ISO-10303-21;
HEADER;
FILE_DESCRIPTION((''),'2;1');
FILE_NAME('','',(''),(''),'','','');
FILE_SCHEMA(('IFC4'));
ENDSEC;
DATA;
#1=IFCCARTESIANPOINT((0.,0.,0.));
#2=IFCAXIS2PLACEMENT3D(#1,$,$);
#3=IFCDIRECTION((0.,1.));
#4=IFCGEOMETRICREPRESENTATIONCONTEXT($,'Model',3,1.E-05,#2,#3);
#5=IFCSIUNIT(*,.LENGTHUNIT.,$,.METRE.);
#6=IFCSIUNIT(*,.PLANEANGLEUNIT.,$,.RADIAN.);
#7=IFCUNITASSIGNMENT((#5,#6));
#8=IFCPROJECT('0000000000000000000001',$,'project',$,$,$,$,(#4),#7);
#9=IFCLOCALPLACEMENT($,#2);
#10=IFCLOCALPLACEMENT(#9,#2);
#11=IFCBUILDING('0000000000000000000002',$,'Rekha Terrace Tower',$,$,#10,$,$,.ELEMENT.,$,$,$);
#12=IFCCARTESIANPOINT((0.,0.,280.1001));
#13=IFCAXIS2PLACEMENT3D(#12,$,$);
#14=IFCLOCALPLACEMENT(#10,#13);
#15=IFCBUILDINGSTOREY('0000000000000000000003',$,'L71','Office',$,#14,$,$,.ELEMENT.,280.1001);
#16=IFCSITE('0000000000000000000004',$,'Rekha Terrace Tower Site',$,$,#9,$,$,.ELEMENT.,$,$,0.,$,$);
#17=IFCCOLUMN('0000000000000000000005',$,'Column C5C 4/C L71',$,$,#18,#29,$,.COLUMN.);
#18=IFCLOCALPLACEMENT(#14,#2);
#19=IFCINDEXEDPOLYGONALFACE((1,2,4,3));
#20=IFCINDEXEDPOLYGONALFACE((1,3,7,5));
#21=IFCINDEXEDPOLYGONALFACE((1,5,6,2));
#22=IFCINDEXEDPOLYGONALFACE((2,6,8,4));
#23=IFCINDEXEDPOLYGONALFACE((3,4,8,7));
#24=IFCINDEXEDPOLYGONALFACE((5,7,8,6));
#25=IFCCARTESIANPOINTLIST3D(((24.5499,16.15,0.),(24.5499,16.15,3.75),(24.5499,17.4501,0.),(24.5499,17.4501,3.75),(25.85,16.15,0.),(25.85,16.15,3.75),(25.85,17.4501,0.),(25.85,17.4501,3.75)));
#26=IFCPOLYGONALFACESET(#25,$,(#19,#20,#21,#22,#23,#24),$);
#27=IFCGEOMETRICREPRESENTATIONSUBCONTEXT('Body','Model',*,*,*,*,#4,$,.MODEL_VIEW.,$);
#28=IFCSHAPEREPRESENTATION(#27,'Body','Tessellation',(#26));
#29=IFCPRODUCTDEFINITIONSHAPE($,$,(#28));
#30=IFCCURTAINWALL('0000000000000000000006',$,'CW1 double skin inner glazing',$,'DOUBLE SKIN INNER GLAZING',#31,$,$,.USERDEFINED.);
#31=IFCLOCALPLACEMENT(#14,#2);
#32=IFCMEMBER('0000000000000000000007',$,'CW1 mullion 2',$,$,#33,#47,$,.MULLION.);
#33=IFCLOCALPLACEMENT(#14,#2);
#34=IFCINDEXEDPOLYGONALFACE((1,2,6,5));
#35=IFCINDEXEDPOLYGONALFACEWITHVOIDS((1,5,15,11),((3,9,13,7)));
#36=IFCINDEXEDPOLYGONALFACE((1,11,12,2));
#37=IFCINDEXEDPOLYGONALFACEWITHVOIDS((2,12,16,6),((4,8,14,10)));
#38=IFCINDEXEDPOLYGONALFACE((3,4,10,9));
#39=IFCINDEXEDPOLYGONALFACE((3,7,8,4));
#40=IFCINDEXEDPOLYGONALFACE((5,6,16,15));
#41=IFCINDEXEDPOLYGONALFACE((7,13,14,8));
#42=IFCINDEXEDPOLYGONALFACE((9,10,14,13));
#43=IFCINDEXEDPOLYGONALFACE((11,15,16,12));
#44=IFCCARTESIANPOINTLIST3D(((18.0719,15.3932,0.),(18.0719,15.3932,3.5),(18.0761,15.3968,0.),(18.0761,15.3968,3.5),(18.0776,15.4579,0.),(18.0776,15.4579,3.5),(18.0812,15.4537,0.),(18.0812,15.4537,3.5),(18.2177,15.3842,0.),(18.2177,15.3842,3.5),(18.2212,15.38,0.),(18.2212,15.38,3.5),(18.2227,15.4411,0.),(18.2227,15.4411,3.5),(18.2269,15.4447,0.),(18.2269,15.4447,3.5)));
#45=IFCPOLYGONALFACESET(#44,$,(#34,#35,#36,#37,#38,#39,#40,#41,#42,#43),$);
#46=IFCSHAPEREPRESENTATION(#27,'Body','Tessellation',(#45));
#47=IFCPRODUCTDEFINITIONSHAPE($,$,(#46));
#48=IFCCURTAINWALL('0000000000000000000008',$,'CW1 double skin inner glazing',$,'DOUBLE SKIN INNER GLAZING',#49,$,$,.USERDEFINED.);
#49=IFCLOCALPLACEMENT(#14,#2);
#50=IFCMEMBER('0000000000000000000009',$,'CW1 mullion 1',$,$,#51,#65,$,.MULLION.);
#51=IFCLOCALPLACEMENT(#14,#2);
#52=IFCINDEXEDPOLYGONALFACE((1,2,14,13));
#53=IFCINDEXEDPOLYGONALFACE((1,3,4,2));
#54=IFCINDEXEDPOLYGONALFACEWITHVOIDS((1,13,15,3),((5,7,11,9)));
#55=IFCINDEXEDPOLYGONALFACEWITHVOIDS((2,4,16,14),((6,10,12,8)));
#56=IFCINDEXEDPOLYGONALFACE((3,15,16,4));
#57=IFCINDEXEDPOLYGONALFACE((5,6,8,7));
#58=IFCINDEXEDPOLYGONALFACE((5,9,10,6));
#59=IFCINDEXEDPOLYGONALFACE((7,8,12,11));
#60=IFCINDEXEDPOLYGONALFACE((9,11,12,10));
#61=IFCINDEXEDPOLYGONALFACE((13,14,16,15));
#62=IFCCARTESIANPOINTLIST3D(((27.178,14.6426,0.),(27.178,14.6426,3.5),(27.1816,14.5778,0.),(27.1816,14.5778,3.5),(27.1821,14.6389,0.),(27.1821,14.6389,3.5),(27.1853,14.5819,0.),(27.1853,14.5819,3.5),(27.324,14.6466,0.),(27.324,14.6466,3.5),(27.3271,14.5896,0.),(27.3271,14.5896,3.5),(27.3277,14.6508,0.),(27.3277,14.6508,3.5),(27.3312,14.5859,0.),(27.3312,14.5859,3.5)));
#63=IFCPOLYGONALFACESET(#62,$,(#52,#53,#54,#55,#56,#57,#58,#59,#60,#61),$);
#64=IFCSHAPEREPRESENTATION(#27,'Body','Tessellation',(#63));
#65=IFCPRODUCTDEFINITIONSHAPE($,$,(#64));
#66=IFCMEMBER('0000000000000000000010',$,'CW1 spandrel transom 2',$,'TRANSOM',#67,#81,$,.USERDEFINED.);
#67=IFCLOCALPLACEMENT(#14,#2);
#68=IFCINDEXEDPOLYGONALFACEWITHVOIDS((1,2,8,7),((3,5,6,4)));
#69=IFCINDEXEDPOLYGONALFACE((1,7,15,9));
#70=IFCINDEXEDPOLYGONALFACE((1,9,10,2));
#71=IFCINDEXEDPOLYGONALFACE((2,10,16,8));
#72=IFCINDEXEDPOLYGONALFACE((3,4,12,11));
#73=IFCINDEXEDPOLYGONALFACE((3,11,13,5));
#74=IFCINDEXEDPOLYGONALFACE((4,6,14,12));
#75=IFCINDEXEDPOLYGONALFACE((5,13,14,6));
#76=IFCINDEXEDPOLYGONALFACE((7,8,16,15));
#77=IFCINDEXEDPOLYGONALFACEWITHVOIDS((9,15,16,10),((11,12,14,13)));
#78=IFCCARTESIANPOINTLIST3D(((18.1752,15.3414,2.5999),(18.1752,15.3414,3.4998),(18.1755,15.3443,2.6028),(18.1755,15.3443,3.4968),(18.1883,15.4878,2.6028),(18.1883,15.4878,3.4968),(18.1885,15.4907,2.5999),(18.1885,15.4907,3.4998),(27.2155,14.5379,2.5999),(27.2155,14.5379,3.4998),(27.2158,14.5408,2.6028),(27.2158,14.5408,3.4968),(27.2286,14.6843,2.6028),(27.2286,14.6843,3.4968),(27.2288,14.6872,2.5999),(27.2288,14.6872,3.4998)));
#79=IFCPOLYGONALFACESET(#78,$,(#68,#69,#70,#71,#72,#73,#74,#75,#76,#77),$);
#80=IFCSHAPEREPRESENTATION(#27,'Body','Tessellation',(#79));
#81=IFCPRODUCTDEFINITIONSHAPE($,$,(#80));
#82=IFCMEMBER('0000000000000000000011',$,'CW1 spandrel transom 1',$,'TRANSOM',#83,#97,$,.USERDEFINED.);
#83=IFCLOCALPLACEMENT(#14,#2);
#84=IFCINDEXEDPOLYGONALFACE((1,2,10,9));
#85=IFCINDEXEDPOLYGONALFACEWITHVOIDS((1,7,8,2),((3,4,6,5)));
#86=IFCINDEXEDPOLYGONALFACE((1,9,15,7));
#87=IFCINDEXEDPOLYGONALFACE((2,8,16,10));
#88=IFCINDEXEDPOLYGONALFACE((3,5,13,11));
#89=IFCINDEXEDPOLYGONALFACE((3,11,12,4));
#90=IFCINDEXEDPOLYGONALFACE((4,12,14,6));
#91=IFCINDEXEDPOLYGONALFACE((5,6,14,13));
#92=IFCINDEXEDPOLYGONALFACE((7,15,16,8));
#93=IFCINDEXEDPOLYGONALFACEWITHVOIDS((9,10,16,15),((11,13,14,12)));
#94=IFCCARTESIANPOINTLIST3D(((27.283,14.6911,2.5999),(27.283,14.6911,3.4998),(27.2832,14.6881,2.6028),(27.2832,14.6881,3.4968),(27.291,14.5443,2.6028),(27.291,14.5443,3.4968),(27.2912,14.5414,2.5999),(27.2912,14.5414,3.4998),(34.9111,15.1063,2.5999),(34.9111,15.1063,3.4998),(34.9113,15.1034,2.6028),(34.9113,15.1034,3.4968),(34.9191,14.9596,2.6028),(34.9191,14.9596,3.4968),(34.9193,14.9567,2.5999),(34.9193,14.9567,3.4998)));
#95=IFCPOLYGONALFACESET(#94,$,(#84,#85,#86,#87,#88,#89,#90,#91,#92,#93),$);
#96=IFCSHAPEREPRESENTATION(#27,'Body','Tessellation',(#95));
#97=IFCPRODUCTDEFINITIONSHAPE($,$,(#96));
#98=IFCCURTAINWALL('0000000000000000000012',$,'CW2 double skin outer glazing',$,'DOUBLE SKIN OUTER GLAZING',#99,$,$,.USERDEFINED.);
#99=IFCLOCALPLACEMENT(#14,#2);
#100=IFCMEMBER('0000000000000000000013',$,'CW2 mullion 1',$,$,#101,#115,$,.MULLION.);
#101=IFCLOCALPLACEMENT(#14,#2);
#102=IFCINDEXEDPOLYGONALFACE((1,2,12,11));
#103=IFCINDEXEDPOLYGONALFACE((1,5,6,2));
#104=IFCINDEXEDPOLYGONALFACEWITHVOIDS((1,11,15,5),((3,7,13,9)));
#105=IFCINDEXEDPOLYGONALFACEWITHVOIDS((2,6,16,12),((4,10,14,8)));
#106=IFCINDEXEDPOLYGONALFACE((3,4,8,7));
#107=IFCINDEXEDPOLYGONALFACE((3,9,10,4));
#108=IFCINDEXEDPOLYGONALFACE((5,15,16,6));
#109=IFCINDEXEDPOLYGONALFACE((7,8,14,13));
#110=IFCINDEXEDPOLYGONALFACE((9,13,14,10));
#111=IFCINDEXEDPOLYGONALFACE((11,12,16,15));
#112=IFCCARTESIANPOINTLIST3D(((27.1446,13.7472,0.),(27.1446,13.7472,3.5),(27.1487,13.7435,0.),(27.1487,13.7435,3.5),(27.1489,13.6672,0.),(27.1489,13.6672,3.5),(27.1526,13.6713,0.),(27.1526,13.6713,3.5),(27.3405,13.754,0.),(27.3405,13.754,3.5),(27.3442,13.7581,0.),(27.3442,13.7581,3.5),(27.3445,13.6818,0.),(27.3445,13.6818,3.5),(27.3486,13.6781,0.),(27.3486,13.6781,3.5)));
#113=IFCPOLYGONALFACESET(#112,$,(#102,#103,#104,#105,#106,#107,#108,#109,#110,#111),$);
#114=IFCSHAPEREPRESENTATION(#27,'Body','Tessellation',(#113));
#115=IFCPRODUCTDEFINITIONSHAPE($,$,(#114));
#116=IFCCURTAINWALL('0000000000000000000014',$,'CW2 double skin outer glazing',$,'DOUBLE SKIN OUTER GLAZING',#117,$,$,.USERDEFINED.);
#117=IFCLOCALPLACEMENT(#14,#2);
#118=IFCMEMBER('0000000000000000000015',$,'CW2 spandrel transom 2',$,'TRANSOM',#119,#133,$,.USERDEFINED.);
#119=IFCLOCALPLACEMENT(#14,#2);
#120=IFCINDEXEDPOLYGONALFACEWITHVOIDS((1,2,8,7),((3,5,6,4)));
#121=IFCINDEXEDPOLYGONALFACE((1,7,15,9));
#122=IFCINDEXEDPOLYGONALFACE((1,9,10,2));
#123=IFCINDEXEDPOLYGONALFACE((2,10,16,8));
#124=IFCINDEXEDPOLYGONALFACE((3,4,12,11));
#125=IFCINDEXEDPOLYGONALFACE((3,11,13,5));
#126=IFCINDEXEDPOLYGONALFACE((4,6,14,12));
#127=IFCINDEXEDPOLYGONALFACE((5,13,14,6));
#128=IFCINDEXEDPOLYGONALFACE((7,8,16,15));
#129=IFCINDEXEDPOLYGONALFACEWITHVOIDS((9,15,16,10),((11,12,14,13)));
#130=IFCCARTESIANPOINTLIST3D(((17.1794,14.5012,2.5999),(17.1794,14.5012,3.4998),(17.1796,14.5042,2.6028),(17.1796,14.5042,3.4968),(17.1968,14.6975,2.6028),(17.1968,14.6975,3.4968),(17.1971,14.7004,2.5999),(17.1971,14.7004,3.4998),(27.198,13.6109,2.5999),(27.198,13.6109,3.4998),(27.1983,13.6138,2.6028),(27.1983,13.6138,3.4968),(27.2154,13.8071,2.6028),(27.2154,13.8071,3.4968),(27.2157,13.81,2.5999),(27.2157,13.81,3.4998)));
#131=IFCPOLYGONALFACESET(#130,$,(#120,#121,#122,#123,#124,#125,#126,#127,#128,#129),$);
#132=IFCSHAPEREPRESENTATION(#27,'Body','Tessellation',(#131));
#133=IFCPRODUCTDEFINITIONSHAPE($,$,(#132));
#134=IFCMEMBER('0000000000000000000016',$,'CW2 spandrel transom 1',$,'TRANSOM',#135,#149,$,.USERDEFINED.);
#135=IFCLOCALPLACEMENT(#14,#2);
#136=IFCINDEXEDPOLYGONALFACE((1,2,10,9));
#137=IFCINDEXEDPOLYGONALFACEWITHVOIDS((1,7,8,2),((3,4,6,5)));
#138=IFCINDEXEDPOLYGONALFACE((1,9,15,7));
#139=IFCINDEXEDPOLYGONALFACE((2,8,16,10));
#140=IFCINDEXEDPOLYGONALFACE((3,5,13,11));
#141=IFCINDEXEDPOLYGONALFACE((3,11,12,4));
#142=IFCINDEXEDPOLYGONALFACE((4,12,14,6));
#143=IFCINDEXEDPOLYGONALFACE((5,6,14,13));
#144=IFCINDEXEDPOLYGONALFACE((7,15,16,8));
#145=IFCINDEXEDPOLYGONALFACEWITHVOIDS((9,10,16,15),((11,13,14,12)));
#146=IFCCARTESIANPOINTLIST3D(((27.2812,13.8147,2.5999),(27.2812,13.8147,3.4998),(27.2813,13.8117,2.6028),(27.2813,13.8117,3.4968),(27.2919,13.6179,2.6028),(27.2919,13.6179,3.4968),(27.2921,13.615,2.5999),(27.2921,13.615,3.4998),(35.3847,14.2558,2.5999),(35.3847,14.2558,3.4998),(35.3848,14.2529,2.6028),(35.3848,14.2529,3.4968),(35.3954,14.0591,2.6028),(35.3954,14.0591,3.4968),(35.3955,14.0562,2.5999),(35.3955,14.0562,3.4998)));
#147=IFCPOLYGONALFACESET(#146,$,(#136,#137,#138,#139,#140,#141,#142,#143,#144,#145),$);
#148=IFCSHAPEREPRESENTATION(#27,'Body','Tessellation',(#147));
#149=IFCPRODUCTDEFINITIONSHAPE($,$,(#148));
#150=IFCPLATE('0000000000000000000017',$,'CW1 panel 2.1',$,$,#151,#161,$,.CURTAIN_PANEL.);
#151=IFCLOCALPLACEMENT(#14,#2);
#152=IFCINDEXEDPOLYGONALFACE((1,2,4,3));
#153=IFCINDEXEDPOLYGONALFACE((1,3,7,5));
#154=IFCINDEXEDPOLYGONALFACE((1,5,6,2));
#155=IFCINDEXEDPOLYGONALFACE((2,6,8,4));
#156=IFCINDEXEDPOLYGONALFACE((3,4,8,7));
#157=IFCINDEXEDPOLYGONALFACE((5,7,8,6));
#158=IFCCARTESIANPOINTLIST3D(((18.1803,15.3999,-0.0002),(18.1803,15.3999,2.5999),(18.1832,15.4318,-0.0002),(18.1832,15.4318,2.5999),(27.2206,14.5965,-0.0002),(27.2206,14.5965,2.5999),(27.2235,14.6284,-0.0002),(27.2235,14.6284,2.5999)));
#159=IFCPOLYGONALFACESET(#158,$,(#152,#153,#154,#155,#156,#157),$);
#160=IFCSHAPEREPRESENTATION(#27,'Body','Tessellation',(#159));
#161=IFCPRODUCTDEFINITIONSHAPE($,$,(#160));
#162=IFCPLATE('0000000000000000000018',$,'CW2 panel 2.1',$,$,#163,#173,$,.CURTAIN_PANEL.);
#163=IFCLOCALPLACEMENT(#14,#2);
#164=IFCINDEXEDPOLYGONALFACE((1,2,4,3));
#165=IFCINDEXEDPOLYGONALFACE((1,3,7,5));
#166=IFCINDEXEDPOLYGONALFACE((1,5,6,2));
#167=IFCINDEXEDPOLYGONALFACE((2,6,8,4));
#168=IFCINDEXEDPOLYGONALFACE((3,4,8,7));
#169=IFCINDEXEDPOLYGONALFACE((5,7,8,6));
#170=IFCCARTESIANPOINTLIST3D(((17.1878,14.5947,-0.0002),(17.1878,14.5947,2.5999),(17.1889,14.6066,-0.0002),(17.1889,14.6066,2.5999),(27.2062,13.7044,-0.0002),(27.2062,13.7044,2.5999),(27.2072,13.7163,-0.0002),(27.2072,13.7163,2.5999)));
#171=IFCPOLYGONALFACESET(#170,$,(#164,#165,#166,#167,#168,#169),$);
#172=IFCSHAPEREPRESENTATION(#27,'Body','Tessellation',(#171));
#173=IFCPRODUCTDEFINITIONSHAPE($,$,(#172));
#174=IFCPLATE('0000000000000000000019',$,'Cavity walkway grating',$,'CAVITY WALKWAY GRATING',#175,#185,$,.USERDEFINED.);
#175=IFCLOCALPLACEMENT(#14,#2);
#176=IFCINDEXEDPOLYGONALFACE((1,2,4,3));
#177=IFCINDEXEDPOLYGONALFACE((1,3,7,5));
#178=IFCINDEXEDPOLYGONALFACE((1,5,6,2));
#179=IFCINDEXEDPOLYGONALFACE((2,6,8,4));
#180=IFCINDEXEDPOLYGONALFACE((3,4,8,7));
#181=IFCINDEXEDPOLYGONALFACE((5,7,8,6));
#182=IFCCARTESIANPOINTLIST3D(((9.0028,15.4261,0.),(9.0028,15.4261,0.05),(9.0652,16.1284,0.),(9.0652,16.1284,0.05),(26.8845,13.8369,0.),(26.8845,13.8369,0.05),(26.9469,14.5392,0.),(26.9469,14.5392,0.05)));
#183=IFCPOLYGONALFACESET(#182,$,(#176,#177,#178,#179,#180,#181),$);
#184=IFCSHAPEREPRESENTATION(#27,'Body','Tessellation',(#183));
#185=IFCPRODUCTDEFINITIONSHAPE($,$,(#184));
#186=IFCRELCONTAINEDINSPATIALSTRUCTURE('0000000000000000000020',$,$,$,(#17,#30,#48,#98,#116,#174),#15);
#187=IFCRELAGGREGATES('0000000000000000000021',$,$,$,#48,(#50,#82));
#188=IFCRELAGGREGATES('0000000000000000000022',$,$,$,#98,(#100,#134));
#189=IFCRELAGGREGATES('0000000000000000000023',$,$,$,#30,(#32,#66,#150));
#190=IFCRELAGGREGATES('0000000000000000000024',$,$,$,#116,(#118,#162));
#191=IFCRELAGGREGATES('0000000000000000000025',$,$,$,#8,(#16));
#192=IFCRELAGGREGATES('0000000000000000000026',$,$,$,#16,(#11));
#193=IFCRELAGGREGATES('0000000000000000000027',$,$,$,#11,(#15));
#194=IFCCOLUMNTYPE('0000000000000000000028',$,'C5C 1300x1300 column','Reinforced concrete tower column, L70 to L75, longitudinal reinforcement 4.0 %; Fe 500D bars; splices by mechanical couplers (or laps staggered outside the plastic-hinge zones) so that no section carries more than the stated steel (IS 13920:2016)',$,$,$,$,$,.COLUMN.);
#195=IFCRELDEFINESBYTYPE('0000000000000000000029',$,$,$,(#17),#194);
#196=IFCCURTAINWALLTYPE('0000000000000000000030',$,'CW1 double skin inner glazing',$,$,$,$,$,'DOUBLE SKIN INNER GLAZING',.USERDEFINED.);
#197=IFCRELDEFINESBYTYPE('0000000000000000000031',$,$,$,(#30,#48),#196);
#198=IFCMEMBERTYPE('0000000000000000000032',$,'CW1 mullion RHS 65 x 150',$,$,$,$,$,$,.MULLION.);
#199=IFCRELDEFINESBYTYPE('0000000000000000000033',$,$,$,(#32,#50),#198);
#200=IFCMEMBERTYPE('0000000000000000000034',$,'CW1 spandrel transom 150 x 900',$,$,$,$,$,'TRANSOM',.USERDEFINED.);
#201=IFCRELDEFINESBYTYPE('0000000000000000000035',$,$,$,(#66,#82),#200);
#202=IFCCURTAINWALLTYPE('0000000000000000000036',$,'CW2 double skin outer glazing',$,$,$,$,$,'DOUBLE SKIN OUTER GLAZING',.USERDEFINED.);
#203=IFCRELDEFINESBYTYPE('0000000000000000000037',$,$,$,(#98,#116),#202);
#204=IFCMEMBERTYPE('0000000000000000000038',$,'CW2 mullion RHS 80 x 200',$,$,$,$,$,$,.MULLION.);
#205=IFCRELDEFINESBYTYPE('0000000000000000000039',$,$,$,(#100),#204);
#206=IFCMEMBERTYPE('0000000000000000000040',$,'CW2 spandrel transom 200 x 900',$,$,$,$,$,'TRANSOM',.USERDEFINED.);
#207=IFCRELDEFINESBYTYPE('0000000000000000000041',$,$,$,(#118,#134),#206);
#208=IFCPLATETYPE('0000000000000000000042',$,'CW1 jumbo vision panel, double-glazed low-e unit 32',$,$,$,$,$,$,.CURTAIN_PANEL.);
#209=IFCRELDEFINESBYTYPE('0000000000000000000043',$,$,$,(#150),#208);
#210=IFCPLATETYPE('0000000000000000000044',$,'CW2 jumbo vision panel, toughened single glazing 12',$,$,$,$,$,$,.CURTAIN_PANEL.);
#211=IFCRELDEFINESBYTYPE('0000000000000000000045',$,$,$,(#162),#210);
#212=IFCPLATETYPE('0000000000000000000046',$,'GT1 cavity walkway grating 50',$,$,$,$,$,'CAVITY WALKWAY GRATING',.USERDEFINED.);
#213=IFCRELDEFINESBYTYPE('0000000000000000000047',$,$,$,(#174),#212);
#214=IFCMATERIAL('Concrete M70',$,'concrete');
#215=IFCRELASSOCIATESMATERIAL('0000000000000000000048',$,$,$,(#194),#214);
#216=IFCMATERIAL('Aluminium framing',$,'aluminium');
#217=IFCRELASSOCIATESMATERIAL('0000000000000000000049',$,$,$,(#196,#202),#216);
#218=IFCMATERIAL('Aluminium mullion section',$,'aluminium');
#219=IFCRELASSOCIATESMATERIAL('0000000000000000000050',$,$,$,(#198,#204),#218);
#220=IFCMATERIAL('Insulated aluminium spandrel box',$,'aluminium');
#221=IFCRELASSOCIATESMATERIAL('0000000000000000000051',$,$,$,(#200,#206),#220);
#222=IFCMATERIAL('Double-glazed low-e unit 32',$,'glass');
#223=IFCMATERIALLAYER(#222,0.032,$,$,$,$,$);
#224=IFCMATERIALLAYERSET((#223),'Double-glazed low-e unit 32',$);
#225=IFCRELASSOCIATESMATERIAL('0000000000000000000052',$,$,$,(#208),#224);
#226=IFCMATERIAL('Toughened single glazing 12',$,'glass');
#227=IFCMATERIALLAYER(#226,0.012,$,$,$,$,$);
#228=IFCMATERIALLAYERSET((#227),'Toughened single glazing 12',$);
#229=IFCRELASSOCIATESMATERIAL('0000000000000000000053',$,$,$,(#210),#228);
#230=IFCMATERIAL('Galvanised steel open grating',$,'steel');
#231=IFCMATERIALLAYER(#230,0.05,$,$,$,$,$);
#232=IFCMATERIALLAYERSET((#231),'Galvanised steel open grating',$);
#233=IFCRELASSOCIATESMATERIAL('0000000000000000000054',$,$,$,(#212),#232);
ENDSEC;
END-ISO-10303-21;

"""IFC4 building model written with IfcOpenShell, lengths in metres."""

from ifc_helpers import new_model, si_unit, direction, frame, origin, origin_2d, place, context, subcontext, project, spatial, rectangle, hollow_rectangle, extrude, material, layer, layer_set, material_profile, profile_set, type_object, element, aggregate, save


model = new_model("IFC4")

# Units and contexts
model_context = context("Model", 3, precision=1e-05, world=origin(), true_north=direction((0.0, 1.0)))
body_context = subcontext(model_context, "Body", "Model", "MODEL_VIEW")
ifc_project = project(units=[si_unit("LENGTHUNIT", "METRE"), si_unit("PLANEANGLEUNIT", "RADIAN")], contexts=[model_context])

# Site, building, storey
site_placement = place(None, origin())
site = spatial("IfcSite", under=ifc_project, at=site_placement, Name="Rekha Terrace Tower Site", CompositionType="ELEMENT", RefElevation=0.0)
building_placement = place(site_placement, origin())
building = spatial("IfcBuilding", under=site, at=building_placement, Name="Rekha Terrace Tower", CompositionType="ELEMENT")
storey_placement = place(building_placement, frame((0.0, 0.0, 280.1001)))
storey = spatial("IfcBuildingStorey", under=building, at=storey_placement, Name="L71", Description="Office", CompositionType="ELEMENT", Elevation=280.1001)

# Column
ifc_material_1 = material(Name="Concrete M70", Category="concrete")
ifc_material_profile_1 = material_profile(ifc_material_1, rectangle(XDim=1.3, YDim=1.3, at=origin_2d()), Name="RC 1300x1300")
ifc_profile_set_1 = profile_set([ifc_material_profile_1], Name="Concrete M70")
column_type = type_object("IfcColumnType", Name="C5C 1300x1300 column", Description="Reinforced concrete tower column, L70 to L75, longitudinal reinforcement 4.0 %; Fe 500D bars; splices by mechanical couplers (or laps staggered outside the plastic-hinge zones) so that no section carries more than the stated steel (IS 13920:2016)", PredefinedType="COLUMN", material=ifc_profile_set_1)
column_placement = place(storey_placement, frame((25.2, 16.8, 0.0), z_axis=(0.0, 0.0, 1.0), x_axis=(1.0, 0.0, 0.0)))
element("IfcColumn", 1, at=column_placement, inside=storey, type_object=column_type, Name="Column C5C 4/C L71", PredefinedType="COLUMN", context=body_context, shape_type="SweptSolid", body=[
    extrude(rectangle(XDim=1.3, YDim=1.3, at=origin_2d()), origin(), (0.0, 0.0, 1.0), 3.75),
])

# Curtain walls, members
ifc_material_2 = material(Name="Aluminium framing", Category="aluminium")
curtain_wall_type_1 = type_object("IfcCurtainWallType", Name="CW1 double skin inner glazing", ElementType="DOUBLE SKIN INNER GLAZING", PredefinedType="USERDEFINED", material=ifc_material_2)
curtain_wall_1_placement = place(storey_placement, origin())
curtain_wall_1 = element("IfcCurtainWall", 2, at=curtain_wall_1_placement, inside=storey, type_object=curtain_wall_type_1, Name="CW1 double skin inner glazing", ObjectType="DOUBLE SKIN INNER GLAZING", PredefinedType="USERDEFINED")
ifc_material_3 = material(Name="Aluminium mullion section", Category="aluminium")
ifc_material_profile_2 = material_profile(ifc_material_3, hollow_rectangle(XDim=0.0649, YDim=0.1499, WallThickness=0.0039, at=origin_2d()), Name="AL RHS 65x150")
ifc_profile_set_2 = profile_set([ifc_material_profile_2], Name="Aluminium mullion section")
member_type_1 = type_object("IfcMemberType", Name="CW1 mullion RHS 65 x 150", PredefinedType="MULLION", material=ifc_profile_set_2)
member_1_placement = place(storey_placement, frame((18.1494, 15.4189, 0.0), z_axis=(0.0, 0.0, 1.0), x_axis=(0.088522, 0.996074, 0.0)))
member_1 = element("IfcMember", 3, at=member_1_placement, type_object=member_type_1, Name="CW1 mullion 2", PredefinedType="MULLION", context=body_context, shape_type="SweptSolid", body=[
    extrude(hollow_rectangle(XDim=0.0649, YDim=0.1499, WallThickness=0.0039, at=origin_2d()), origin(), (0.0, 0.0, 1.0), 3.5),
])
curtain_wall_2_placement = place(storey_placement, origin())
curtain_wall_2 = element("IfcCurtainWall", 4, at=curtain_wall_2_placement, inside=storey, type_object=curtain_wall_type_1, Name="CW1 double skin inner glazing", ObjectType="DOUBLE SKIN INNER GLAZING", PredefinedType="USERDEFINED")
member_2_placement = place(storey_placement, frame((27.2546, 14.6143, 0.0), z_axis=(0.0, 0.0, 1.0), x_axis=(-0.054389, 0.99852, 0.0)))
member_2 = element("IfcMember", 5, at=member_2_placement, type_object=member_type_1, Name="CW1 mullion 1", PredefinedType="MULLION", context=body_context, shape_type="SweptSolid", body=[
    extrude(hollow_rectangle(XDim=0.0649, YDim=0.1499, WallThickness=0.0039, at=origin_2d()), origin(), (0.0, 0.0, 1.0), 3.5),
])

# Members
ifc_material_4 = material(Name="Insulated aluminium spandrel box", Category="aluminium")
ifc_material_profile_3 = material_profile(ifc_material_4, hollow_rectangle(XDim=0.1499, YDim=0.8999, WallThickness=0.0029, at=origin_2d()), Name="AL SPANDREL BOX 150x900")
ifc_profile_set_3 = profile_set([ifc_material_profile_3], Name="Insulated aluminium spandrel box")
member_type_2 = type_object("IfcMemberType", Name="CW1 spandrel transom 150 x 900", ElementType="TRANSOM", PredefinedType="USERDEFINED", material=ifc_profile_set_3)
member_3_placement = place(storey_placement, frame((18.1819, 15.416, 3.0498), z_axis=(0.996074, -0.088527, 0.0), x_axis=(0.088527, 0.996074, 0.0)))
member_3 = element("IfcMember", 6, at=member_3_placement, type_object=member_type_2, Name="CW1 spandrel transom 2", ObjectType="TRANSOM", PredefinedType="USERDEFINED", context=body_context, shape_type="SweptSolid", body=[
    extrude(hollow_rectangle(XDim=0.1499, YDim=0.8999, WallThickness=0.0029, at=origin_2d()), origin(), (0.0, 0.0, 1.0), 9.0759),
])
member_4_placement = place(storey_placement, frame((27.2871, 14.6162, 3.0498), z_axis=(0.998521, 0.05436, 0.0), x_axis=(-0.05436, 0.998521, 0.0)))
member_4 = element("IfcMember", 7, at=member_4_placement, type_object=member_type_2, Name="CW1 spandrel transom 1", ObjectType="TRANSOM", PredefinedType="USERDEFINED", context=body_context, shape_type="SweptSolid", body=[
    extrude(hollow_rectangle(XDim=0.1499, YDim=0.8999, WallThickness=0.0029, at=origin_2d()), origin(), (0.0, 0.0, 1.0), 7.6394),
])
aggregate(curtain_wall_2, [member_2, member_4])

# Curtain walls, members
curtain_wall_type_2 = type_object("IfcCurtainWallType", Name="CW2 double skin outer glazing", ElementType="DOUBLE SKIN OUTER GLAZING", PredefinedType="USERDEFINED", material=ifc_material_2)
curtain_wall_3_placement = place(storey_placement, origin())
curtain_wall_3 = element("IfcCurtainWall", 8, at=curtain_wall_3_placement, inside=storey, type_object=curtain_wall_type_2, Name="CW2 double skin outer glazing", ObjectType="DOUBLE SKIN OUTER GLAZING", PredefinedType="USERDEFINED")
ifc_material_profile_4 = material_profile(ifc_material_3, hollow_rectangle(XDim=0.0801, YDim=0.2, WallThickness=0.0039, at=origin_2d()), Name="AL RHS 80x200")
ifc_profile_set_4 = profile_set([ifc_material_profile_4], Name="Aluminium mullion section")
member_type_3 = type_object("IfcMemberType", Name="CW2 mullion RHS 80 x 200", PredefinedType="MULLION", material=ifc_profile_set_4)
member_5_placement = place(storey_placement, frame((27.2466, 13.7126, 0.0), z_axis=(0.0, 0.0, 1.0), x_axis=(-0.054389, 0.99852, 0.0)))
member_5 = element("IfcMember", 9, at=member_5_placement, type_object=member_type_3, Name="CW2 mullion 1", PredefinedType="MULLION", context=body_context, shape_type="SweptSolid", body=[
    extrude(hollow_rectangle(XDim=0.0801, YDim=0.2, WallThickness=0.0039, at=origin_2d()), origin(), (0.0, 0.0, 1.0), 3.5),
])
curtain_wall_4_placement = place(storey_placement, origin())
curtain_wall_4 = element("IfcCurtainWall", 10, at=curtain_wall_4_placement, inside=storey, type_object=curtain_wall_type_2, Name="CW2 double skin outer glazing", ObjectType="DOUBLE SKIN OUTER GLAZING", PredefinedType="USERDEFINED")
ifc_material_profile_5 = material_profile(ifc_material_4, hollow_rectangle(XDim=0.2, YDim=0.8999, WallThickness=0.0029, at=origin_2d()), Name="AL SPANDREL BOX 200x900")
ifc_profile_set_5 = profile_set([ifc_material_profile_5], Name="Insulated aluminium spandrel box")
member_type_4 = type_object("IfcMemberType", Name="CW2 spandrel transom 200 x 900", ElementType="TRANSOM", PredefinedType="USERDEFINED", material=ifc_profile_set_5)
member_6_placement = place(storey_placement, frame((17.1882, 14.6008, 3.0498), z_axis=(0.996074, -0.088524, 0.0), x_axis=(0.088524, 0.996074, 0.0)))
member_6 = element("IfcMember", 11, at=member_6_placement, type_object=member_type_4, Name="CW2 spandrel transom 2", ObjectType="TRANSOM", PredefinedType="USERDEFINED", context=body_context, shape_type="SweptSolid", body=[
    extrude(hollow_rectangle(XDim=0.2, YDim=0.8999, WallThickness=0.0029, at=origin_2d()), origin(), (0.0, 0.0, 1.0), 10.0581),
])

# Member
member_7_placement = place(storey_placement, frame((27.2866, 13.7148, 3.0498), z_axis=(0.998521, 0.05436, 0.0), x_axis=(-0.05436, 0.998521, 0.0)))
member_7 = element("IfcMember", 12, at=member_7_placement, type_object=member_type_4, Name="CW2 spandrel transom 1", ObjectType="TRANSOM", PredefinedType="USERDEFINED", context=body_context, shape_type="SweptSolid", body=[
    extrude(hollow_rectangle(XDim=0.2, YDim=0.8999, WallThickness=0.0029, at=origin_2d()), origin(), (0.0, 0.0, 1.0), 8.1155),
])
aggregate(curtain_wall_3, [member_5, member_7])

# Plates
ifc_material_5 = material(Name="Double-glazed low-e unit 32", Category="glass")
ifc_layer_1 = layer(ifc_material_5, 0.032)
ifc_layer_set_1 = layer_set([ifc_layer_1], Name="Double-glazed low-e unit 32")
plate_type_1 = type_object("IfcPlateType", Name="CW1 jumbo vision panel, double-glazed low-e unit 32", PredefinedType="CURTAIN_PANEL", material=ifc_layer_set_1)
plate_1_placement = place(storey_placement, frame((22.7019, 15.0142, -0.0002), z_axis=(0.0, 0.0, 1.0), x_axis=(0.996074, -0.088522, 0.0)))
plate_1 = element("IfcPlate", 13, at=plate_1_placement, type_object=plate_type_1, Name="CW1 panel 2.1", PredefinedType="CURTAIN_PANEL", context=body_context, shape_type="SweptSolid", body=[
    extrude(rectangle(XDim=9.0759, YDim=0.032, at=origin_2d()), origin(), (0.0, 0.0, 1.0), 2.6001),
])
aggregate(curtain_wall_1, [member_1, member_3, plate_1])
ifc_material_6 = material(Name="Toughened single glazing 12", Category="glass")
ifc_layer_2 = layer(ifc_material_6, 0.012)
ifc_layer_set_2 = layer_set([ifc_layer_2], Name="Toughened single glazing 12")
plate_type_2 = type_object("IfcPlateType", Name="CW2 jumbo vision panel, toughened single glazing 12", PredefinedType="CURTAIN_PANEL", material=ifc_layer_set_2)
plate_2_placement = place(storey_placement, frame((22.1975, 14.1555, -0.0002), z_axis=(0.0, 0.0, 1.0), x_axis=(0.996074, -0.088522, 0.0)))
plate_2 = element("IfcPlate", 14, at=plate_2_placement, type_object=plate_type_2, Name="CW2 panel 2.1", PredefinedType="CURTAIN_PANEL", context=body_context, shape_type="SweptSolid", body=[
    extrude(rectangle(XDim=10.0579, YDim=0.012, at=origin_2d()), origin(), (0.0, 0.0, 1.0), 2.6001),
])
aggregate(curtain_wall_4, [member_6, plate_2])
ifc_material_7 = material(Name="Galvanised steel open grating", Category="steel")
ifc_layer_3 = layer(ifc_material_7, 0.05)
ifc_layer_set_3 = layer_set([ifc_layer_3], Name="Galvanised steel open grating")
plate_type_3 = type_object("IfcPlateType", Name="GT1 cavity walkway grating 50", ElementType="CAVITY WALKWAY GRATING", PredefinedType="USERDEFINED", material=ifc_layer_set_3)
plate_3_placement = place(storey_placement, frame((17.9749, 14.9827, 0.0), z_axis=(0.0, 0.0, 1.0), x_axis=(0.996074, -0.088522, 0.0)))
element("IfcPlate", 15, at=plate_3_placement, inside=storey, type_object=plate_type_3, Name="Cavity walkway grating", ObjectType="CAVITY WALKWAY GRATING", PredefinedType="USERDEFINED", context=body_context, shape_type="SweptSolid", body=[
    extrude(rectangle(XDim=17.9521, YDim=0.7051, at=origin_2d()), origin(), (0.0, 0.0, 1.0), 0.05),
])

save(model, "model.ifc")
